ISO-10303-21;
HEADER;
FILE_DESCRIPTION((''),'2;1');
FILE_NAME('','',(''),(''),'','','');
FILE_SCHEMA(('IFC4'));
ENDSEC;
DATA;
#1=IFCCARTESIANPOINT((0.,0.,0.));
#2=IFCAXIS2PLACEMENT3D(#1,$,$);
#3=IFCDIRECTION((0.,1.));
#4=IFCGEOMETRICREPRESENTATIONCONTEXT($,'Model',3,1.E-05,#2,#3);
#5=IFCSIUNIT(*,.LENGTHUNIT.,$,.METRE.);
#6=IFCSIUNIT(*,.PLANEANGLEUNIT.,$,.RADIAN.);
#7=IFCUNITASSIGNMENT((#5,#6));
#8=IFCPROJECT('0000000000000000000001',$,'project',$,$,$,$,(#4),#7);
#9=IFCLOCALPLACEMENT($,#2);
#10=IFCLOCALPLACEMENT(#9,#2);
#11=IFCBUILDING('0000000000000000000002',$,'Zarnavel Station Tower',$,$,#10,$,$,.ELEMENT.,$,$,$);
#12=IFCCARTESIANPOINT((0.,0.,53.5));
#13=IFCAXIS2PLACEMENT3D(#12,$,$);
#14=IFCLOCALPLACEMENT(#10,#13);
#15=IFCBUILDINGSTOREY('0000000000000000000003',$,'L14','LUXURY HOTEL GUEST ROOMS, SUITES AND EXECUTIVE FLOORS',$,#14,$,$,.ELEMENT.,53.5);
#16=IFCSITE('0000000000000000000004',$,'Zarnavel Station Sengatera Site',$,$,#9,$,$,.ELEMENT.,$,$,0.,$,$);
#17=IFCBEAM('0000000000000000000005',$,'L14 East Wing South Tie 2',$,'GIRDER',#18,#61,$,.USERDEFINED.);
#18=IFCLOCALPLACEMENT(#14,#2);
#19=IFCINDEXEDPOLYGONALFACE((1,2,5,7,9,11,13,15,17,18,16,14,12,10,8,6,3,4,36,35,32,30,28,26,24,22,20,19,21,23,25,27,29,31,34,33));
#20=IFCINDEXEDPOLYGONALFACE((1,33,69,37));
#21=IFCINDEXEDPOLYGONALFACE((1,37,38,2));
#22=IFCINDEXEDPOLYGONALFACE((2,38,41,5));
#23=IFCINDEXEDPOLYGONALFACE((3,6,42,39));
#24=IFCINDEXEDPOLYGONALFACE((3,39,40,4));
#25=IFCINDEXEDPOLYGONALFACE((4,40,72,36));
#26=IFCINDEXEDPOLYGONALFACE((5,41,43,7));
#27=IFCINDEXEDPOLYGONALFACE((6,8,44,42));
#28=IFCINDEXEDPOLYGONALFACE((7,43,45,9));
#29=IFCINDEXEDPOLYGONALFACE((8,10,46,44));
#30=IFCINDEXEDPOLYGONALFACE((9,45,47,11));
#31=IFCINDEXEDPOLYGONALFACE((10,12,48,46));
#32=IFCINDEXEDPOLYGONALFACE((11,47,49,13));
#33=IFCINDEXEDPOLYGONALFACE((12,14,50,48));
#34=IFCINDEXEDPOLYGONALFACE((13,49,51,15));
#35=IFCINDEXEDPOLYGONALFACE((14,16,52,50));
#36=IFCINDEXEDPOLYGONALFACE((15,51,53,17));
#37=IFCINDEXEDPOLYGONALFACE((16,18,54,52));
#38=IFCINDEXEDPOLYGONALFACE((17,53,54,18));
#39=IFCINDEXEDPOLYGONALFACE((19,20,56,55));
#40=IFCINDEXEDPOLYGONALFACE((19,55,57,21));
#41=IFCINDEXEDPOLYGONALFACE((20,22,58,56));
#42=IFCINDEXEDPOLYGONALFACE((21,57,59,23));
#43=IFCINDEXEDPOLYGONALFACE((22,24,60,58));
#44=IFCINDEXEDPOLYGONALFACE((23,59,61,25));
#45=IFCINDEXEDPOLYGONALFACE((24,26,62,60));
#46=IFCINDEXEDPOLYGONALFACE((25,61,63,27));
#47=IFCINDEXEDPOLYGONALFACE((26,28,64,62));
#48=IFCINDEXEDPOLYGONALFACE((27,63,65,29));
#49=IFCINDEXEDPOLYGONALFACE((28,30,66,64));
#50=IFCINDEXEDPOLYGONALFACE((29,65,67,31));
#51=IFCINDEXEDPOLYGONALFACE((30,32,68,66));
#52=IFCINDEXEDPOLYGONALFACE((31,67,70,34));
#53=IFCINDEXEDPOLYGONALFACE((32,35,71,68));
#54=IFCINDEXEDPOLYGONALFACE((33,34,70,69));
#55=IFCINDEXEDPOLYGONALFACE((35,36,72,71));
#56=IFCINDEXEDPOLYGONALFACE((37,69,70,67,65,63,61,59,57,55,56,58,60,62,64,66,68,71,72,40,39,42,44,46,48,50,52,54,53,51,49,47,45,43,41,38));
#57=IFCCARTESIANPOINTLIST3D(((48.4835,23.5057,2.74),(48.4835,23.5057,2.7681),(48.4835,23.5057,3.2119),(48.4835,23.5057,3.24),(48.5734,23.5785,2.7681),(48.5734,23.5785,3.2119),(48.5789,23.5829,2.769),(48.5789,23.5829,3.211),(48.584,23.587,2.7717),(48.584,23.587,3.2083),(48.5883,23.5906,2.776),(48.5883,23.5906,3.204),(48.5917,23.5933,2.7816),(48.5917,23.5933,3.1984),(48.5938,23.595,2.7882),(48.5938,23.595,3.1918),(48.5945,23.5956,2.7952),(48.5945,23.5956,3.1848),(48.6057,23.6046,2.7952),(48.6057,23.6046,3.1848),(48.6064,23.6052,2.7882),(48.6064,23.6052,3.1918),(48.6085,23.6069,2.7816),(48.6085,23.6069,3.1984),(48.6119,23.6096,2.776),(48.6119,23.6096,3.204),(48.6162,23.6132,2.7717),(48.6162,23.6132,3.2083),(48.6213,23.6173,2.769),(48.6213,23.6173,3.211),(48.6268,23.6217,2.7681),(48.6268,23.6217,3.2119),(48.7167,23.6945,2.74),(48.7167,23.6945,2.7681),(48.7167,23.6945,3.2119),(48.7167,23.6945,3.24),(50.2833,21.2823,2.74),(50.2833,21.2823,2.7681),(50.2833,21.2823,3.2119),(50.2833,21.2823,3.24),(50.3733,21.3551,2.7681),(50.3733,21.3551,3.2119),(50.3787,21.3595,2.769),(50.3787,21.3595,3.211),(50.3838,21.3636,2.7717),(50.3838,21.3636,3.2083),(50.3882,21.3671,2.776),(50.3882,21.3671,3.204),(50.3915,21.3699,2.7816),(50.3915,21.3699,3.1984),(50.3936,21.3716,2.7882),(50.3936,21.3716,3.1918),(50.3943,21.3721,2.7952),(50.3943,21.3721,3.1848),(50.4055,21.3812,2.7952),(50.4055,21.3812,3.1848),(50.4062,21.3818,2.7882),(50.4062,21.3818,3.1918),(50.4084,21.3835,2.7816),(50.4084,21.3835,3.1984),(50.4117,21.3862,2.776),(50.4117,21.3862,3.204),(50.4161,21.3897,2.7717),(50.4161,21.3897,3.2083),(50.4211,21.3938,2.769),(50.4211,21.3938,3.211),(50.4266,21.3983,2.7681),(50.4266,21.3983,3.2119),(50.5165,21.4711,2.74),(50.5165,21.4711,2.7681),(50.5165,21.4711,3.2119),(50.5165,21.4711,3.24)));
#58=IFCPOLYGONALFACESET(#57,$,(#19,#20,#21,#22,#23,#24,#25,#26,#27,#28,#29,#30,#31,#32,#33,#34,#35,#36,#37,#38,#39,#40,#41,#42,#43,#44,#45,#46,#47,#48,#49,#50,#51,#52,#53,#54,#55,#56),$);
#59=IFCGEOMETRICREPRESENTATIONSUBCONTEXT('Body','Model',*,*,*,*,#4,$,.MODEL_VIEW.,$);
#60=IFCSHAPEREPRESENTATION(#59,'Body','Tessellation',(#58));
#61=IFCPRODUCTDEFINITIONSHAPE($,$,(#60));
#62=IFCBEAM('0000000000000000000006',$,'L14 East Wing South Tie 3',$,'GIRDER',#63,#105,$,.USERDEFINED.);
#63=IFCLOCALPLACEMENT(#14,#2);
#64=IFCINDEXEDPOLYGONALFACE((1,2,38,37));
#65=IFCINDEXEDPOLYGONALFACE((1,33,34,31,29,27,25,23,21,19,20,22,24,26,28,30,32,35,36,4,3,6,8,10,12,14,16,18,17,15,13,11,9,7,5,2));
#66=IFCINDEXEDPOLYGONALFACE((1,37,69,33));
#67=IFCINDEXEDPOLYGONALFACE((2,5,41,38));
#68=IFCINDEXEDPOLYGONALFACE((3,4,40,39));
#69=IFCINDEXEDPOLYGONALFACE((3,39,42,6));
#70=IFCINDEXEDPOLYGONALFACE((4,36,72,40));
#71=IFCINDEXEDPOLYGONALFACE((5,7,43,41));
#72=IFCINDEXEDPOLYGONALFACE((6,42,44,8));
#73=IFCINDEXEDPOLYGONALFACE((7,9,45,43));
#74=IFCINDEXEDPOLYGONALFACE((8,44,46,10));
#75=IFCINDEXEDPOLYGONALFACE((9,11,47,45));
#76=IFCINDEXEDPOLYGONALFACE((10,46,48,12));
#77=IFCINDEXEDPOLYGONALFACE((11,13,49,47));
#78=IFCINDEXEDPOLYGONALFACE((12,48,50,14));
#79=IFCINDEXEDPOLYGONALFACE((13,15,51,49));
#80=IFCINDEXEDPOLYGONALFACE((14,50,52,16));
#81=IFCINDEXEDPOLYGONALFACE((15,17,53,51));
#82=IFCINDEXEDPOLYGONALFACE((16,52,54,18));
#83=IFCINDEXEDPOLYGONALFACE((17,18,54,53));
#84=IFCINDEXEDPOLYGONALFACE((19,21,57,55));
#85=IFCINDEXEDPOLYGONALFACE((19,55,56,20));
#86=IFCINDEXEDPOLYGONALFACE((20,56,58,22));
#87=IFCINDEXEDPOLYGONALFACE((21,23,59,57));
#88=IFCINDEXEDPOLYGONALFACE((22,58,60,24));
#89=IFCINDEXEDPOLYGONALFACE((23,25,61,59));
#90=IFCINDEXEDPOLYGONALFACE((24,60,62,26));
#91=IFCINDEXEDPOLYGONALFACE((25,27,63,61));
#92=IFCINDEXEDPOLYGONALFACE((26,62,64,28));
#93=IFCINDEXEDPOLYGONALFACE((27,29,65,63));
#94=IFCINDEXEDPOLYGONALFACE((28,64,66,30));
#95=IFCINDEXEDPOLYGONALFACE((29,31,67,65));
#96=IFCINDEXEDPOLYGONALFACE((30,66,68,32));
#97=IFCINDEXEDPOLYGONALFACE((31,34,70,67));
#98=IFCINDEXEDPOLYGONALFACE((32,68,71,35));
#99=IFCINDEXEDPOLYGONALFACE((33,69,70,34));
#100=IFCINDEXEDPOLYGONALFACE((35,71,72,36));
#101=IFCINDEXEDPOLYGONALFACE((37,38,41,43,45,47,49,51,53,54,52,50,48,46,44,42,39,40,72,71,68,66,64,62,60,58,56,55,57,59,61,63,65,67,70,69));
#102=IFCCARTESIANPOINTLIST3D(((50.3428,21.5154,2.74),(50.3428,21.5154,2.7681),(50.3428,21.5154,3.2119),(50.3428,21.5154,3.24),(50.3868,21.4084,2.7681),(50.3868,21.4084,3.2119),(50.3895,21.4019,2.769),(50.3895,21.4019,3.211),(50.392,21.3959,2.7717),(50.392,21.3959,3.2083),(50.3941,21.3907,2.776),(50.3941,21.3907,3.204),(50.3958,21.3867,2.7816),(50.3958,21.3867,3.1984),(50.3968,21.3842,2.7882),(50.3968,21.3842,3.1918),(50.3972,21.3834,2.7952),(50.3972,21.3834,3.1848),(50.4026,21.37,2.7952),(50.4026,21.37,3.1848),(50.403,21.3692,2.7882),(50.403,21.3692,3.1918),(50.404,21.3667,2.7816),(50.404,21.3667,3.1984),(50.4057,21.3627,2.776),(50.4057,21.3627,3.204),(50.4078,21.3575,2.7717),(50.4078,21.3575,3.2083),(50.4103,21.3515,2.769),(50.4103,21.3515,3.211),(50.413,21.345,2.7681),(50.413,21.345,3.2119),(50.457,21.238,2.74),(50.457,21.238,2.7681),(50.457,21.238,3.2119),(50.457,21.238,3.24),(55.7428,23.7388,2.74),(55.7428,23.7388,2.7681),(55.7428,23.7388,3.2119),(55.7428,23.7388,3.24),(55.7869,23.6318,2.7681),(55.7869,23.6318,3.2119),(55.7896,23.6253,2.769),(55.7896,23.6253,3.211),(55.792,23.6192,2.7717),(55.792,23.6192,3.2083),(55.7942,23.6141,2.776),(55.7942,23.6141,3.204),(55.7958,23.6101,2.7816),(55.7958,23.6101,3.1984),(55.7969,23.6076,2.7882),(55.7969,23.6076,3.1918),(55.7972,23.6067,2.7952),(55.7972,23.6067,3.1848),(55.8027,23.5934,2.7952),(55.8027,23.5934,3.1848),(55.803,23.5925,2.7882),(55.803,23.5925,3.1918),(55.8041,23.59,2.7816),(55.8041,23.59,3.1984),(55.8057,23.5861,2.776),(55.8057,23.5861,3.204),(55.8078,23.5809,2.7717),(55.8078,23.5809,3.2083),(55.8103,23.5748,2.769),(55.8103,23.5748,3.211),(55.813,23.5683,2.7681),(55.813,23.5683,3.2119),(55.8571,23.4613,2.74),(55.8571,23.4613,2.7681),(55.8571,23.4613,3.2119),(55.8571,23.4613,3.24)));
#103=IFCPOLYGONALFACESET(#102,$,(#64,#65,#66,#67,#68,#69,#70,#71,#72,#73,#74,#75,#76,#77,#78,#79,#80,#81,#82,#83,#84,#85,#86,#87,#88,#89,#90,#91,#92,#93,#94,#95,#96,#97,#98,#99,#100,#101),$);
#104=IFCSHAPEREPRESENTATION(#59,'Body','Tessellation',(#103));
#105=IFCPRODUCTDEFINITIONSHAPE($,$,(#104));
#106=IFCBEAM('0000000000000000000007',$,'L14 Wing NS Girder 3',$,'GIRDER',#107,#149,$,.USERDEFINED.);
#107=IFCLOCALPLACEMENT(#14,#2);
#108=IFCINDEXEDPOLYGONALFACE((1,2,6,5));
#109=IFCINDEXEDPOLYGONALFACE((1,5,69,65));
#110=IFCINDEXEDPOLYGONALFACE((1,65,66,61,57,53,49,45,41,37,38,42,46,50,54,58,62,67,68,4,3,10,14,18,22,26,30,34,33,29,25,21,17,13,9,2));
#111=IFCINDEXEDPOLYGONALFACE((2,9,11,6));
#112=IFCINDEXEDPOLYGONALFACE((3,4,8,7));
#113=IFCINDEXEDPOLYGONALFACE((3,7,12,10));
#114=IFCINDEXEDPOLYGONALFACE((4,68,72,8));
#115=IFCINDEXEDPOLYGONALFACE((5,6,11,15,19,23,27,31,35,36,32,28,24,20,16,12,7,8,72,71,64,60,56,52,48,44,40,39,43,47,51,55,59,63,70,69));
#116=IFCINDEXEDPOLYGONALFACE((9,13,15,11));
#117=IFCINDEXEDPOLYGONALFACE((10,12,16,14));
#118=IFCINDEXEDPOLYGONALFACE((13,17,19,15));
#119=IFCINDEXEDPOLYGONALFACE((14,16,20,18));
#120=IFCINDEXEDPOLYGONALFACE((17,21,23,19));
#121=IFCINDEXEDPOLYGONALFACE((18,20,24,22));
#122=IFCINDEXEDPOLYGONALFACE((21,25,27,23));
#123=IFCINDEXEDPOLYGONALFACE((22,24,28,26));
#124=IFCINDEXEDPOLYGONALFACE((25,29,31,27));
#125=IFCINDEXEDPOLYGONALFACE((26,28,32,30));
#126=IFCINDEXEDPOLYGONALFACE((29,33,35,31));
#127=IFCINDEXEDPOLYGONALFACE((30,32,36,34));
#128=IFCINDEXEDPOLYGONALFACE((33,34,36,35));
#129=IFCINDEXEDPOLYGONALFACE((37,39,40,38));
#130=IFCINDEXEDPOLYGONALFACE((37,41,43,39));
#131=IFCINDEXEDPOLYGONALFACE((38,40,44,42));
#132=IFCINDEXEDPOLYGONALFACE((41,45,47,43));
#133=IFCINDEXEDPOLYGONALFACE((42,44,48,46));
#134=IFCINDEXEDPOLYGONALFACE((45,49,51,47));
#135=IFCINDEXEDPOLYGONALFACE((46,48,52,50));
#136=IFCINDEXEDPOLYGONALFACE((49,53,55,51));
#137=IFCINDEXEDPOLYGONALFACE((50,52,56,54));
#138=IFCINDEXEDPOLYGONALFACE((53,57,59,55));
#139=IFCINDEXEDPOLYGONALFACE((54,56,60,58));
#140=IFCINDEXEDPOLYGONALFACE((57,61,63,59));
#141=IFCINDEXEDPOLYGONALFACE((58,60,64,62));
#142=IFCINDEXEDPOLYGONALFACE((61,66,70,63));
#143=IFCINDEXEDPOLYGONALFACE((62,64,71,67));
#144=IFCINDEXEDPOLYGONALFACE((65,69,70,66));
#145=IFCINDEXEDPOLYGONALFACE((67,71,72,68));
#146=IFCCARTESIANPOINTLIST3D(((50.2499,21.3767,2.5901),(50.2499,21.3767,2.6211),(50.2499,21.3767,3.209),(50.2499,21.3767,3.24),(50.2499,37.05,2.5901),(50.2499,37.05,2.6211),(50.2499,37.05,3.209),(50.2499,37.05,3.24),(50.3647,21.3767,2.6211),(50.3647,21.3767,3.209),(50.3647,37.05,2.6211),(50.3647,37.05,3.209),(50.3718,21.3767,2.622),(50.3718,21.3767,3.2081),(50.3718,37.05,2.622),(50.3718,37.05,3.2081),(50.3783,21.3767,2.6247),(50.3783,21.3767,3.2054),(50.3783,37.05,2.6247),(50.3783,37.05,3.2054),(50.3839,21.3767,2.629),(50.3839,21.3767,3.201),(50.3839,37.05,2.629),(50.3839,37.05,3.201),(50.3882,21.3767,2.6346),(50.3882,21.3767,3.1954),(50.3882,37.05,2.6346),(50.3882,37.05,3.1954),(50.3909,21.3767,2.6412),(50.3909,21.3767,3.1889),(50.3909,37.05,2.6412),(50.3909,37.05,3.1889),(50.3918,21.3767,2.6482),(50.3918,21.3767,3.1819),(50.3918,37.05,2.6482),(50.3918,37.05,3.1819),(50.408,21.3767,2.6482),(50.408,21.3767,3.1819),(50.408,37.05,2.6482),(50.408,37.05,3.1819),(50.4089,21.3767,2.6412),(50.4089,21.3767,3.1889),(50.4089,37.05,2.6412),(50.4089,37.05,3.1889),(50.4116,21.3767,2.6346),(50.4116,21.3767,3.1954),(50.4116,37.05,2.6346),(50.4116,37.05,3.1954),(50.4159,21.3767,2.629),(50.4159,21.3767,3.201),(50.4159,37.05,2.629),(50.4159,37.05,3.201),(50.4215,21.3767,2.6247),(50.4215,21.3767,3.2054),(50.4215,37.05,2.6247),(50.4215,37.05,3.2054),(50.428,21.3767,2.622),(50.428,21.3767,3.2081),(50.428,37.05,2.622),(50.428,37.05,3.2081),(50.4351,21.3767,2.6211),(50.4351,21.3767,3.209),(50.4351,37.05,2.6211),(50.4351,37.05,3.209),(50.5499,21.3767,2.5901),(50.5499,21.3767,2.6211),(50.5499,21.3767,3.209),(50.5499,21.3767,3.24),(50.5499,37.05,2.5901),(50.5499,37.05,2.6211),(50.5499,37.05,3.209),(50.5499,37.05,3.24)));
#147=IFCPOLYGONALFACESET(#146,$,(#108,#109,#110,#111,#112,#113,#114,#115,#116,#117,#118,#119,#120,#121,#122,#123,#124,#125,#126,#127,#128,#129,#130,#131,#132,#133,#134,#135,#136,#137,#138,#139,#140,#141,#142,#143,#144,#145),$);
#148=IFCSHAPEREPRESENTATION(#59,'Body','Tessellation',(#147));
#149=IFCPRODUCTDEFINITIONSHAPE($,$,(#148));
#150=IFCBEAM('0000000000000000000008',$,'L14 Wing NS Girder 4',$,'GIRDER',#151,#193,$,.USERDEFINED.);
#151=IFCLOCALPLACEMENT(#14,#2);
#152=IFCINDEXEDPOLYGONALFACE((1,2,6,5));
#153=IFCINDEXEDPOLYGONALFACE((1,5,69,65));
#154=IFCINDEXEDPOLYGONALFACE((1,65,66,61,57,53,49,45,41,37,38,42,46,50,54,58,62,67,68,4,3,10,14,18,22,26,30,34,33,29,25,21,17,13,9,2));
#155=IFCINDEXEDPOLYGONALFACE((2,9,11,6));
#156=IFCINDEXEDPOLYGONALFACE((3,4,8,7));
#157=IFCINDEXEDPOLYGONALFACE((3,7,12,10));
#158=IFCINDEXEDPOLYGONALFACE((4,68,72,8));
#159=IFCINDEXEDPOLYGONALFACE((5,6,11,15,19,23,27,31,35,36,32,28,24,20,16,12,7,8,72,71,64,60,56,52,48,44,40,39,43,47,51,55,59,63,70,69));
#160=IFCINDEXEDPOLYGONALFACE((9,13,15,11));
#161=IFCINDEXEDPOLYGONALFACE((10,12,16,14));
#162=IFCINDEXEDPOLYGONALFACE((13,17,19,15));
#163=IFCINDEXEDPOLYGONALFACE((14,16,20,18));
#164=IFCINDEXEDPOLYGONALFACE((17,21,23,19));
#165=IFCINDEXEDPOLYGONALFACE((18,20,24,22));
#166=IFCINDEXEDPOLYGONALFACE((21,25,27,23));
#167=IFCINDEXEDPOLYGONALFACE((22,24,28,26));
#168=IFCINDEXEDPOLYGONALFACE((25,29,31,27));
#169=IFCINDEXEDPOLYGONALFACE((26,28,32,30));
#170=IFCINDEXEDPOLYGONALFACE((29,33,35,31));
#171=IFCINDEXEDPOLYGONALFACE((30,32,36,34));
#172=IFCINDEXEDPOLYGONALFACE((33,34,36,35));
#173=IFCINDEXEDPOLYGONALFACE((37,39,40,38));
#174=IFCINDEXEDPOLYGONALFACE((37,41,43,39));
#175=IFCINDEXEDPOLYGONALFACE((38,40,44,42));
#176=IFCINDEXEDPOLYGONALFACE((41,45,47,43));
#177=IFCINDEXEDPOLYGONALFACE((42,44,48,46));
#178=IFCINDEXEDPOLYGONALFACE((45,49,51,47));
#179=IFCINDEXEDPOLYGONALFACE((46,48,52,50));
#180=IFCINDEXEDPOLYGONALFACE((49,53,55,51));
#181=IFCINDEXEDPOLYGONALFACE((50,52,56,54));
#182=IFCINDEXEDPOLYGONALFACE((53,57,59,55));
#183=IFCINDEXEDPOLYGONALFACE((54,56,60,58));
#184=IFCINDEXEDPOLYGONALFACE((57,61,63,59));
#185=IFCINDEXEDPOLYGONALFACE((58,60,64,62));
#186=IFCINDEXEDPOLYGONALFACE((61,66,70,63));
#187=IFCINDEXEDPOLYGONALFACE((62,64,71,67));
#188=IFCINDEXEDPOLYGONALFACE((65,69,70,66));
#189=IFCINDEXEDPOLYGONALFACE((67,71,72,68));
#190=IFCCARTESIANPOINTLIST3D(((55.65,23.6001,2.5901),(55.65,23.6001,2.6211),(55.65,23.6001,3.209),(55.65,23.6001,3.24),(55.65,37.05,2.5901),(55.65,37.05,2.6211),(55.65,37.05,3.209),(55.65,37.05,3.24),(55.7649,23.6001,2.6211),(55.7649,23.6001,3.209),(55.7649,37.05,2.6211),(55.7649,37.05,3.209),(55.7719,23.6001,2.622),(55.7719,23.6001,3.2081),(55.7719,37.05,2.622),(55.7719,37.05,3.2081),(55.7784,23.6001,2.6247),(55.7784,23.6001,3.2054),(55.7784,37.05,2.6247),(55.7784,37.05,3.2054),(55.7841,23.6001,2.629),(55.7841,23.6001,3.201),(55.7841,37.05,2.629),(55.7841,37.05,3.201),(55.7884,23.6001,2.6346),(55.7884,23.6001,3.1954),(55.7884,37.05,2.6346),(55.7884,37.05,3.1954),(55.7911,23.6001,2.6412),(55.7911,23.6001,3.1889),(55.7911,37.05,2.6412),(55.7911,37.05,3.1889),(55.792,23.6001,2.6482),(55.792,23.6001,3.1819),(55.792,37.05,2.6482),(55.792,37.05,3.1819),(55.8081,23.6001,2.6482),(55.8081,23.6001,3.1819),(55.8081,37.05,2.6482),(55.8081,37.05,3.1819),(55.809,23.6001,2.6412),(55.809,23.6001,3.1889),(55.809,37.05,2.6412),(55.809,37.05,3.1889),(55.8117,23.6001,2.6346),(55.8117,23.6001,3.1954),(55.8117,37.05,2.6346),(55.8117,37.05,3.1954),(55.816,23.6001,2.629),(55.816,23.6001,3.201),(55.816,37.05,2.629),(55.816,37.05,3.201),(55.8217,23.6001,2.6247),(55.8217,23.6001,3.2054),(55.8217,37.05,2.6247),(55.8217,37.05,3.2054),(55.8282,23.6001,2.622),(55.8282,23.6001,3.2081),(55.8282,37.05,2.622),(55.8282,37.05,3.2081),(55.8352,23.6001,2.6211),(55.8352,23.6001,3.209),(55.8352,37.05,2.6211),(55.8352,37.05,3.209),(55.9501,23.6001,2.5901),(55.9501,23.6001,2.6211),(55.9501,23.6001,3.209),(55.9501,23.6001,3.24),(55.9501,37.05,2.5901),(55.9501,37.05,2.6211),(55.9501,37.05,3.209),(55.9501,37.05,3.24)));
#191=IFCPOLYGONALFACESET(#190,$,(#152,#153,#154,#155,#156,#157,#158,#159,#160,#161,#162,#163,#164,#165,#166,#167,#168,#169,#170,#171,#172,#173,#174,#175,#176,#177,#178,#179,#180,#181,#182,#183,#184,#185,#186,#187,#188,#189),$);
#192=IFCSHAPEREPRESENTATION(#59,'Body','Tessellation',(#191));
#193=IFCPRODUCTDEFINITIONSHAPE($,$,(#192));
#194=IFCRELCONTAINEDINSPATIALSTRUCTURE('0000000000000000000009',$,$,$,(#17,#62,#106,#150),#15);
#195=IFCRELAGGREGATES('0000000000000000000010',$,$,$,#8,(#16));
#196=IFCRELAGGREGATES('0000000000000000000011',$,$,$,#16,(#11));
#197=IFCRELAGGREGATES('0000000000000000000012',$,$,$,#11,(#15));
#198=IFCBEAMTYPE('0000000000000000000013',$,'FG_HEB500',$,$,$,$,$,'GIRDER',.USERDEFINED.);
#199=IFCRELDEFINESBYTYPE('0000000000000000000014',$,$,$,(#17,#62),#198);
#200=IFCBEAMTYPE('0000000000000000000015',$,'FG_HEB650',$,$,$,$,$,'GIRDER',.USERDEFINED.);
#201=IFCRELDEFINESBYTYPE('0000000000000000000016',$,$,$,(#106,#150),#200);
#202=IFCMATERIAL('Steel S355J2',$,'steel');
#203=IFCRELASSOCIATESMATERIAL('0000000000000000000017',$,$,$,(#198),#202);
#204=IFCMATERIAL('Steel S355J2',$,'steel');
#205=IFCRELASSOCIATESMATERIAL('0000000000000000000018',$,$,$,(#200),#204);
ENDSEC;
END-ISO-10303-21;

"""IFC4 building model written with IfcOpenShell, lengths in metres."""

from ifc_helpers import new_model, si_unit, direction, frame, origin, origin_2d, place, context, subcontext, project, spatial, i_section, extrude, material, material_profile, profile_set, type_object, element, save


model = new_model("IFC4")

# Units and contexts
model_context = context("Model", 3, precision=1e-05, world=origin(), true_north=direction((0.0, 1.0)))
body_context = subcontext(model_context, "Body", "Model", "MODEL_VIEW")
ifc_project = project(units=[si_unit("LENGTHUNIT", "METRE"), si_unit("PLANEANGLEUNIT", "RADIAN")], contexts=[model_context])

# Site, building, storey
site_placement = place(None, origin())
site = spatial("IfcSite", under=ifc_project, at=site_placement, Name="Zarnavel Station Sengatera Site", CompositionType="ELEMENT", RefElevation=0.0)
building_placement = place(site_placement, origin())
building = spatial("IfcBuilding", under=site, at=building_placement, Name="Zarnavel Station Tower", CompositionType="ELEMENT")
storey_placement = place(building_placement, frame((0.0, 0.0, 53.5)))
storey = spatial("IfcBuildingStorey", under=building, at=storey_placement, Name="L14", Description="LUXURY HOTEL GUEST ROOMS, SUITES AND EXECUTIVE FLOORS", CompositionType="ELEMENT", Elevation=53.5)

# Beams
ifc_material_1 = material(Name="Steel S355J2", Category="steel")
ifc_material_profile_1 = material_profile(ifc_material_1, i_section(OverallWidth=0.3, OverallDepth=0.5, WebThickness=0.0144, FlangeThickness=0.0281, FilletRadius=0.0271, at=origin_2d()), Name="HEB500")
ifc_profile_set_1 = profile_set([ifc_material_profile_1], Name="Steel S355J2")
beam_type_1 = type_object("IfcBeamType", Name="FG_HEB500", ElementType="GIRDER", PredefinedType="USERDEFINED", material=ifc_profile_set_1)
beam_1_placement = place(storey_placement, frame((48.6001, 23.6001, 2.99), z_axis=(0.629181, -0.777259, 0.0), x_axis=(0.777259, 0.629181, 0.0)))
element("IfcBeam", 1, at=beam_1_placement, inside=storey, type_object=beam_type_1, Name="L14 East Wing South Tie 2", ObjectType="GIRDER", PredefinedType="USERDEFINED", context=body_context, shape_type="SweptSolid", body=[
    extrude(i_section(OverallWidth=0.3, OverallDepth=0.5, WebThickness=0.0144, FlangeThickness=0.0281, FilletRadius=0.0271, at=origin_2d()), origin(), (0.0, 0.0, 1.0), 2.8606),
])
beam_2_placement = place(storey_placement, frame((50.3999, 21.3767, 2.99), z_axis=(0.92469, 0.38072, 0.0), x_axis=(-0.38072, 0.92469, 0.0)))
element("IfcBeam", 2, at=beam_2_placement, inside=storey, type_object=beam_type_1, Name="L14 East Wing South Tie 3", ObjectType="GIRDER", PredefinedType="USERDEFINED", context=body_context, shape_type="SweptSolid", body=[
    extrude(i_section(OverallWidth=0.3, OverallDepth=0.5, WebThickness=0.0144, FlangeThickness=0.0281, FilletRadius=0.0271, at=origin_2d()), origin(), (0.0, 0.0, 1.0), 5.8398),
])
ifc_material_2 = material(Name="Steel S355J2", Category="steel")
ifc_material_profile_2 = material_profile(ifc_material_2, i_section(OverallWidth=0.3, OverallDepth=0.6499, WebThickness=0.0161, FlangeThickness=0.031, FilletRadius=0.0271, at=origin_2d()), Name="HEB650")
ifc_profile_set_2 = profile_set([ifc_material_profile_2], Name="Steel S355J2")
beam_type_2 = type_object("IfcBeamType", Name="FG_HEB650", ElementType="GIRDER", PredefinedType="USERDEFINED", material=ifc_profile_set_2)
beam_3_placement = place(storey_placement, frame((50.3999, 21.3767, 2.915), z_axis=(0.0, 1.0, 0.0), x_axis=(-1.0, 0.0, 0.0)))
element("IfcBeam", 3, at=beam_3_placement, inside=storey, type_object=beam_type_2, Name="L14 Wing NS Girder 3", ObjectType="GIRDER", PredefinedType="USERDEFINED", context=body_context, shape_type="SweptSolid", body=[
    extrude(i_section(OverallWidth=0.3, OverallDepth=0.6499, WebThickness=0.0161, FlangeThickness=0.031, FilletRadius=0.0271, at=origin_2d()), origin(), (0.0, 0.0, 1.0), 15.6733),
])
beam_4_placement = place(storey_placement, frame((55.8, 23.6001, 2.915), z_axis=(0.0, 1.0, 0.0), x_axis=(-1.0, 0.0, 0.0)))
element("IfcBeam", 4, at=beam_4_placement, inside=storey, type_object=beam_type_2, Name="L14 Wing NS Girder 4", ObjectType="GIRDER", PredefinedType="USERDEFINED", context=body_context, shape_type="SweptSolid", body=[
    extrude(i_section(OverallWidth=0.3, OverallDepth=0.6499, WebThickness=0.0161, FlangeThickness=0.031, FilletRadius=0.0271, at=origin_2d()), origin(), (0.0, 0.0, 1.0), 13.45),
])

save(model, "model.ifc")
